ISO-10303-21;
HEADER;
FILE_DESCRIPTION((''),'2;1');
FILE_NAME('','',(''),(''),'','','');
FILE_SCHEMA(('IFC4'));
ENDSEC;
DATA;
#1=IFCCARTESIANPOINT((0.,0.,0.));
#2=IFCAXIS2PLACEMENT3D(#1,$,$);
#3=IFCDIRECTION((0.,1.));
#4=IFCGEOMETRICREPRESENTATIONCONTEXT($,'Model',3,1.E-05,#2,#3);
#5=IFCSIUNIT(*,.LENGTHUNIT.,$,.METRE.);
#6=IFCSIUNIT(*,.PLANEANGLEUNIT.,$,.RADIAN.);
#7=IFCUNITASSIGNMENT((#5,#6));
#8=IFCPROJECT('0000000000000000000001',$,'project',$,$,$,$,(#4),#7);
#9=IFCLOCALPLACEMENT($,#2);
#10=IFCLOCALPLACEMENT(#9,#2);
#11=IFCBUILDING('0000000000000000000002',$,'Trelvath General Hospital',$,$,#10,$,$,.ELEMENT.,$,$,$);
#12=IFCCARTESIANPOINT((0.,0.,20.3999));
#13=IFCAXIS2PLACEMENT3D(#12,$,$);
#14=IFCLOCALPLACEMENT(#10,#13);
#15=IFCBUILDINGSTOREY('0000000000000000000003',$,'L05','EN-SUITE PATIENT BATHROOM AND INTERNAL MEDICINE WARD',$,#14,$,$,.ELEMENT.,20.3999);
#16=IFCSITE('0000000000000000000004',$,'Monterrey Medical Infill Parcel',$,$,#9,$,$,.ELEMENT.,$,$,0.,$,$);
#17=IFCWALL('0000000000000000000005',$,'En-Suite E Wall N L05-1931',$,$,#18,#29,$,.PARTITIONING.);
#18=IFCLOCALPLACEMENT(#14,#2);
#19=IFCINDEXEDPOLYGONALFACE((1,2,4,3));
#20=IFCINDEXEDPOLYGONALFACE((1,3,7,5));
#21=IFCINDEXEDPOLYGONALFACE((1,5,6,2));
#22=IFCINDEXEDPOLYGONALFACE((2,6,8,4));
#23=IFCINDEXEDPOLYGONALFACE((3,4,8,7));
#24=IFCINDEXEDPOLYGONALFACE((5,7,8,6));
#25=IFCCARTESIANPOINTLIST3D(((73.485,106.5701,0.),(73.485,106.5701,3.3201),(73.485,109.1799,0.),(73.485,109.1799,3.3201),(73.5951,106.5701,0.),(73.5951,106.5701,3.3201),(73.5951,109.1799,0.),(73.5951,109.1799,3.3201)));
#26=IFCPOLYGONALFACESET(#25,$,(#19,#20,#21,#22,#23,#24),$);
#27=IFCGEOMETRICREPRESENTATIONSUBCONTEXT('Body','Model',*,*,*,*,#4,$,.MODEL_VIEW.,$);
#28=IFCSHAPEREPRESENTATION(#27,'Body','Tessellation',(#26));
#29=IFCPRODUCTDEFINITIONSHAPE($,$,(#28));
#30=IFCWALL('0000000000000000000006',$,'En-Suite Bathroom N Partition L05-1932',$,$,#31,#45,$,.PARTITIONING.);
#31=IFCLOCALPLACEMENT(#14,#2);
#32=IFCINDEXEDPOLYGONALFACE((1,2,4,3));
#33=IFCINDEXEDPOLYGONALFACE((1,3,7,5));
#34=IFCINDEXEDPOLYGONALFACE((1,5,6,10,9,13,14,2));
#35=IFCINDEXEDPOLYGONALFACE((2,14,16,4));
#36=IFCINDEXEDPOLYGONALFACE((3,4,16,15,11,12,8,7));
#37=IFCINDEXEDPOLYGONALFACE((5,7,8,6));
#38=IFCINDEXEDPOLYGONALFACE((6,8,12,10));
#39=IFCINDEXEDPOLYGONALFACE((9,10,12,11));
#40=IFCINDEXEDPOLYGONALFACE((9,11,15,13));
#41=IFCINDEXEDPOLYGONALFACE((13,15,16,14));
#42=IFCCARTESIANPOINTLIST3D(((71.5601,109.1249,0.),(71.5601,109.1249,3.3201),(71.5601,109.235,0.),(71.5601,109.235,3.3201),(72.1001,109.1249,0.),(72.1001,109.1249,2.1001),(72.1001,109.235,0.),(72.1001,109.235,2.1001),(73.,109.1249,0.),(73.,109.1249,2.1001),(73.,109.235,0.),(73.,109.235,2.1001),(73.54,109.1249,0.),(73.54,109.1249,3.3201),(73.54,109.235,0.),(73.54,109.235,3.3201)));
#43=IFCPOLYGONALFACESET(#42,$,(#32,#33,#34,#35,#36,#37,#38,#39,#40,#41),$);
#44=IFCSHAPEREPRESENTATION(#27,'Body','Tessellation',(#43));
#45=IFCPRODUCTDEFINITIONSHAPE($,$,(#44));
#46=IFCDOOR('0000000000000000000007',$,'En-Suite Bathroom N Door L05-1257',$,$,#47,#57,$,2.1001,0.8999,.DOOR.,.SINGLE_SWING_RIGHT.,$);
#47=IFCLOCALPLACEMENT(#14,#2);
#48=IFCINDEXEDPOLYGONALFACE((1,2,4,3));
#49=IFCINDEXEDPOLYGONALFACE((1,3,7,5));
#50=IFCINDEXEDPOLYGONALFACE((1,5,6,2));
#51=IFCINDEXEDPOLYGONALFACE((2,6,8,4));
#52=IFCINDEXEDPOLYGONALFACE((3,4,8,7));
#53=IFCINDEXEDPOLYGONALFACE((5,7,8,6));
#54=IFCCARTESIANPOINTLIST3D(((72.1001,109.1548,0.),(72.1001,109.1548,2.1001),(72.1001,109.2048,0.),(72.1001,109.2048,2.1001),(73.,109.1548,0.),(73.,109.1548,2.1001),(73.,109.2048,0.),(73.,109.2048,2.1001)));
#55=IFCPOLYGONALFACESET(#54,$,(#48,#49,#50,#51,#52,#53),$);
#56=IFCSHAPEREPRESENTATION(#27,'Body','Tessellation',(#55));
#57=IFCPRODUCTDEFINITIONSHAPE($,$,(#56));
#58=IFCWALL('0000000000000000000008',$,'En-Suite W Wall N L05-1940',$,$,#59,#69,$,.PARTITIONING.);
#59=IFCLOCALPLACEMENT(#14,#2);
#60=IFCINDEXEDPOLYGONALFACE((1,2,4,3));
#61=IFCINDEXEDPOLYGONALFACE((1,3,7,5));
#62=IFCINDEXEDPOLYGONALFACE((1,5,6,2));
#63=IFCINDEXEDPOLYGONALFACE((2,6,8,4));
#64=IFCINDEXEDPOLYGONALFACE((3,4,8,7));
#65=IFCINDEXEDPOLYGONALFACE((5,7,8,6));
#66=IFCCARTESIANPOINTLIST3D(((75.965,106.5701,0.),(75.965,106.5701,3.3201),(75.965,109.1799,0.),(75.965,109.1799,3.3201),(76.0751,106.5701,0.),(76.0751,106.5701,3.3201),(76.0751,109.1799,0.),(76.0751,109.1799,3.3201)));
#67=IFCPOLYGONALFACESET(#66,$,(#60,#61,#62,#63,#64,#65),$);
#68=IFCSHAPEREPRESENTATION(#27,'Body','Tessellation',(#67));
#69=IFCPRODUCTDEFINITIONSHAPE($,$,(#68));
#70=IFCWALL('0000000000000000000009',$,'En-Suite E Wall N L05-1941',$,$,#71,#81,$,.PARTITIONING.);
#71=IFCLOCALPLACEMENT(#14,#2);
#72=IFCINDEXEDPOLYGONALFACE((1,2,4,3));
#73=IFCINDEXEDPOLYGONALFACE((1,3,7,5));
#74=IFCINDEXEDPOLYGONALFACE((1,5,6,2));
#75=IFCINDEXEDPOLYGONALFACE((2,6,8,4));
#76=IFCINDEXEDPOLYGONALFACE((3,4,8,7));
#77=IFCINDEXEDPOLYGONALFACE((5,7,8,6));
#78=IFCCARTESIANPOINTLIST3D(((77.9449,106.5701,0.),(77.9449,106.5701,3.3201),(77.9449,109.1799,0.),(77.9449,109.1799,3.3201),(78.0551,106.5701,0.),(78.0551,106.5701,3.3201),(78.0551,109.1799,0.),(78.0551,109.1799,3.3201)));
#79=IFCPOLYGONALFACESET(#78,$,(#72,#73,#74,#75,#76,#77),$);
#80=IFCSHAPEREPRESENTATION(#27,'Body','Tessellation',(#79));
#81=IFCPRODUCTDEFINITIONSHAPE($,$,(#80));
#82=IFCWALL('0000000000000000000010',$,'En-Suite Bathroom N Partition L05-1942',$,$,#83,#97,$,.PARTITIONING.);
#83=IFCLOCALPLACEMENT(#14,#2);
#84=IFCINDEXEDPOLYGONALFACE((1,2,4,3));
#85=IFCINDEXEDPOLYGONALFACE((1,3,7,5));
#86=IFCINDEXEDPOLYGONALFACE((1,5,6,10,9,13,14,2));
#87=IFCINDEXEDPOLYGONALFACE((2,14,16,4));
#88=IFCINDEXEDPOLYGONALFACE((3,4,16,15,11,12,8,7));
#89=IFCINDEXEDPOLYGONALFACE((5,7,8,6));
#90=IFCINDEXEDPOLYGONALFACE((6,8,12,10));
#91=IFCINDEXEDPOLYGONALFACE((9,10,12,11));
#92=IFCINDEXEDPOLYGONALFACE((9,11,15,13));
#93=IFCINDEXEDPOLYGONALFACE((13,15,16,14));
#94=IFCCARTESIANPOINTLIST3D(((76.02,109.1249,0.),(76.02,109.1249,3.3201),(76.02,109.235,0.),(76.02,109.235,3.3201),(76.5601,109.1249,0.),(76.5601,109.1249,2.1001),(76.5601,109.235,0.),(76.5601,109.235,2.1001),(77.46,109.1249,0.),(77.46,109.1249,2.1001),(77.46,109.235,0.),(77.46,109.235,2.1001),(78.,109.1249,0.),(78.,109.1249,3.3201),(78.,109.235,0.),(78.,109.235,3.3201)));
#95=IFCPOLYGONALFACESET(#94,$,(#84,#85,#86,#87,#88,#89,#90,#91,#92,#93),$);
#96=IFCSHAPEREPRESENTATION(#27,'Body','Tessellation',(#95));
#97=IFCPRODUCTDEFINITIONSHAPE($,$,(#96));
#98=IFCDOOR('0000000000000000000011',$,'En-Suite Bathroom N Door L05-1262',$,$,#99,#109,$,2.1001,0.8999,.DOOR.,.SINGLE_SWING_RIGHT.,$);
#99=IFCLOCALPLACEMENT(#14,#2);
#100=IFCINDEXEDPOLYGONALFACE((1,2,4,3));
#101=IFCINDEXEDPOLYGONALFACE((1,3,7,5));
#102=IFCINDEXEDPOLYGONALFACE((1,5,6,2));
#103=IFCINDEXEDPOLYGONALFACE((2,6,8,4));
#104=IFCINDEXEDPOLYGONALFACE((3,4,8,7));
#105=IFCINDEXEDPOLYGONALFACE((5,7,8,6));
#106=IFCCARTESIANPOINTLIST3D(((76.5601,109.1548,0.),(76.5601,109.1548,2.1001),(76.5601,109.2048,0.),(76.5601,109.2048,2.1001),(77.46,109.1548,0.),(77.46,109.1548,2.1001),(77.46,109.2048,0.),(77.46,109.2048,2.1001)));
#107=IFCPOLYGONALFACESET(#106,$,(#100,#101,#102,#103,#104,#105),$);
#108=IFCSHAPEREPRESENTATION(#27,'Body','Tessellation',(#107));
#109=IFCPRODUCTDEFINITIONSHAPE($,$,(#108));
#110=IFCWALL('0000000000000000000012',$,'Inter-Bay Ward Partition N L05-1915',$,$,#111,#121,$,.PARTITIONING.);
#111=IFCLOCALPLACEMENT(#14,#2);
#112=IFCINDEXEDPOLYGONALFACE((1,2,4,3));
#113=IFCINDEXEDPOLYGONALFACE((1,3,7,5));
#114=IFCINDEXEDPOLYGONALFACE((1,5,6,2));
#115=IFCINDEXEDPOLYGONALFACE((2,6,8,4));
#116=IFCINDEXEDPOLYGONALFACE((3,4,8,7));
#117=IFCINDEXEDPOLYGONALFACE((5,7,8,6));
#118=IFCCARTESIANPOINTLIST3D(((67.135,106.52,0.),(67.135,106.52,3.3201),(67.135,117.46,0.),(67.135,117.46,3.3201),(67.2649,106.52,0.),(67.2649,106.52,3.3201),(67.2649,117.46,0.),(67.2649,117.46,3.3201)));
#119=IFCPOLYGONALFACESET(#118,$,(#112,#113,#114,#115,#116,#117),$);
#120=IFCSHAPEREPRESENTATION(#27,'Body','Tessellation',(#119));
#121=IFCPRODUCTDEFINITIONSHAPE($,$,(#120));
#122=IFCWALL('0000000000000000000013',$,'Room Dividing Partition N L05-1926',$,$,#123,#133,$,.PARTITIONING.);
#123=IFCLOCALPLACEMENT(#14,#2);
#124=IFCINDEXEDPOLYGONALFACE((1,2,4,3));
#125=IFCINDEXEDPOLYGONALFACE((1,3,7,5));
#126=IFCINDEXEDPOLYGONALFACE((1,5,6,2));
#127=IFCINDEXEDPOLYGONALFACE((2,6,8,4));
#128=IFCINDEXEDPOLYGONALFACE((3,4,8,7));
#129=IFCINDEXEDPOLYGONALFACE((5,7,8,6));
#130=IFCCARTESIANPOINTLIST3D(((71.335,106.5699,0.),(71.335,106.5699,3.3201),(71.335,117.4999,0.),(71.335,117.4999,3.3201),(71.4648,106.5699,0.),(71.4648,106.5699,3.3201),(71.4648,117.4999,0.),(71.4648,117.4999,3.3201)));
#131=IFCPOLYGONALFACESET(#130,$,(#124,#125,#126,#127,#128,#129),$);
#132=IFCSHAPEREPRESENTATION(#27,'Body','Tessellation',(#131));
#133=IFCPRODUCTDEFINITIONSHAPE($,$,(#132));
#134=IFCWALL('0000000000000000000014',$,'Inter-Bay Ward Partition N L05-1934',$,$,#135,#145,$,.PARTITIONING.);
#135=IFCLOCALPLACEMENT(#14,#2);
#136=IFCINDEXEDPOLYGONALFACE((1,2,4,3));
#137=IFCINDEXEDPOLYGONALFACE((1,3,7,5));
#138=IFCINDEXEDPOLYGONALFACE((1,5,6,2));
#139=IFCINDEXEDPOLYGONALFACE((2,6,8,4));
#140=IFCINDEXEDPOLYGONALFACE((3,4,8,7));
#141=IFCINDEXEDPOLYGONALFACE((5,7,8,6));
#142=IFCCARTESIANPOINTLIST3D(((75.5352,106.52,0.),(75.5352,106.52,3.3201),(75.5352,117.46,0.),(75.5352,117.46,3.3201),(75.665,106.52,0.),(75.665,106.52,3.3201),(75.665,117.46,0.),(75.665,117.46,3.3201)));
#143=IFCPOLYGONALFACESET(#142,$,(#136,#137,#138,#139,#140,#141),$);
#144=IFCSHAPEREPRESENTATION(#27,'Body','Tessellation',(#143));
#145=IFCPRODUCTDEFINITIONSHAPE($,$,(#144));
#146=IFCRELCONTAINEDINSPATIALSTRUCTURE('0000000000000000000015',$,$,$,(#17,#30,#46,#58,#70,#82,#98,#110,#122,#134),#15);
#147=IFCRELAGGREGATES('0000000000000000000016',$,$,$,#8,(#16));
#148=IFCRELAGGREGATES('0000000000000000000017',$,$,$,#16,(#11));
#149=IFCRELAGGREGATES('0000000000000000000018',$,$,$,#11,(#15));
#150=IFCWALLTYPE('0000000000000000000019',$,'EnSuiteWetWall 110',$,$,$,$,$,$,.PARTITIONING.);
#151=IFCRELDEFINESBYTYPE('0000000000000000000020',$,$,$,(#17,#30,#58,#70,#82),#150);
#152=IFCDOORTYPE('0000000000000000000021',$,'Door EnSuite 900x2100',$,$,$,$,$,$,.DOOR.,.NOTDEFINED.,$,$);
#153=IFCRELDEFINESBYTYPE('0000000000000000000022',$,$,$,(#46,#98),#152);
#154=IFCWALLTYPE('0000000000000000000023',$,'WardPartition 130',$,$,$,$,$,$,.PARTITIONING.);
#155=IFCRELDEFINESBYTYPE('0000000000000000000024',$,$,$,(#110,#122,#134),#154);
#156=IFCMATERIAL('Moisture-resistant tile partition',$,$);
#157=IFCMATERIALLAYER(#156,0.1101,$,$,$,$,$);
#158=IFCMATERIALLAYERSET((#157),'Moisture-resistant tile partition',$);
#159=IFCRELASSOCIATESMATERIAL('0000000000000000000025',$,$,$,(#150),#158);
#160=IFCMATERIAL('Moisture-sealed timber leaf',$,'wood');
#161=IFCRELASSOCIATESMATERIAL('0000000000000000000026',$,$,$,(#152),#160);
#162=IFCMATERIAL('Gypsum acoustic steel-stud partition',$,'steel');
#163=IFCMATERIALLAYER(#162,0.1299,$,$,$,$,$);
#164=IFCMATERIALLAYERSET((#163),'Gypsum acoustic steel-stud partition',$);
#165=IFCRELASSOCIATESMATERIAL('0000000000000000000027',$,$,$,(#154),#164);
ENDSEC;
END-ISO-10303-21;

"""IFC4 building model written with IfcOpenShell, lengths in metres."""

from ifc_helpers import new_model, si_unit, direction, frame, frame_2d, origin, place, context, subcontext, project, spatial, rectangle, extrude, material, layer, layer_set, type_object, element, fill, save


model = new_model("IFC4")

# Units and contexts
model_context = context("Model", 3, precision=1e-05, world=origin(), true_north=direction((0.0, 1.0)))
body_context = subcontext(model_context, "Body", "Model", "MODEL_VIEW")
ifc_project = project(units=[si_unit("LENGTHUNIT", "METRE"), si_unit("PLANEANGLEUNIT", "RADIAN")], contexts=[model_context])

# Site, building, storey
site_placement = place(None, origin())
site = spatial("IfcSite", under=ifc_project, at=site_placement, Name="Monterrey Medical Infill Parcel", CompositionType="ELEMENT", RefElevation=0.0)
building_placement = place(site_placement, origin())
building = spatial("IfcBuilding", under=site, at=building_placement, Name="Trelvath General Hospital", CompositionType="ELEMENT")
storey_placement = place(building_placement, frame((0.0, 0.0, 20.3999)))
storey = spatial("IfcBuildingStorey", under=building, at=storey_placement, Name="L05", Description="EN-SUITE PATIENT BATHROOM AND INTERNAL MEDICINE WARD", CompositionType="ELEMENT", Elevation=20.3999)

# Shared definitions
ifc_material_1 = material(Name="Moisture-resistant tile partition")
ifc_layer_1 = layer(ifc_material_1, 0.1101)
ifc_layer_set_1 = layer_set([ifc_layer_1], Name="Moisture-resistant tile partition")
wall_type_1 = type_object("IfcWallType", Name="EnSuiteWetWall 110", PredefinedType="PARTITIONING", material=ifc_layer_set_1)

# Shared definitions
ifc_material_2 = material(Name="Moisture-sealed timber leaf", Category="wood")
door_type_1 = type_object("IfcDoorType", Name="Door EnSuite 900x2100", OperationType="NOTDEFINED", PredefinedType="DOOR", material=ifc_material_2)

# Wall
for number, where, z_axis, x_axis, name in (
    (1, (73.54, 106.5701, 0.0), (0.0, 0.0, 1.0), (0.0, 1.0, 0.0), "En-Suite E Wall N L05-1931"),
):
    element("IfcWall", number, at=place(storey_placement, frame(where, z_axis=z_axis, x_axis=x_axis)), inside=storey, type_object=wall_type_1, Name=name, PredefinedType="PARTITIONING", context=body_context, shape_type="SweptSolid", body=[
        extrude(rectangle(XDim=2.6099, YDim=0.1101, at=frame_2d((1.3049, 0.0))), origin(), (0.0, 0.0, 1.0), 3.3201),
    ])

# Wall, opening, door
wall_1_placement = place(storey_placement, frame((71.5601, 109.1799, 0.0), z_axis=(0.0, 0.0, 1.0), x_axis=(1.0, 0.0, 0.0)))
wall_1 = element("IfcWall", 2, at=wall_1_placement, inside=storey, type_object=wall_type_1, Name="En-Suite Bathroom N Partition L05-1932", PredefinedType="PARTITIONING", context=body_context, shape_type="SweptSolid", body=[
    extrude(rectangle(XDim=1.98, YDim=0.1101, at=frame_2d((0.99, 0.0))), origin(), (0.0, 0.0, 1.0), 3.3201),
])
opening_1_placement = place(wall_1_placement, frame((0.54, 0.0, 0.0)))
opening_1 = element("IfcOpeningElement", 3, at=opening_1_placement, cuts=wall_1, PredefinedType="OPENING", context=body_context, shape_type="SweptSolid", body=[
    extrude(rectangle(XDim=0.8999, YDim=2.1001, at=frame_2d((0.45, 1.05))), frame((0.0, 0.0649, 0.0), z_axis=(0.0, -1.0, 0.0), x_axis=(1.0, 0.0, 0.0)), (0.0, 0.0, 1.0), 0.1301),
])
door_1_placement = place(opening_1_placement, origin())
door_1 = element("IfcDoor", 4, at=door_1_placement, inside=storey, type_object=door_type_1, Name="En-Suite Bathroom N Door L05-1257", OperationType="SINGLE_SWING_RIGHT", OverallHeight=2.1001, OverallWidth=0.8999, PredefinedType="DOOR", context=body_context, shape_type="SweptSolid", body=[
    extrude(rectangle(XDim=0.8999, YDim=2.1001, at=frame_2d((0.45, 1.05))), frame((0.0, 0.0249, 0.0), z_axis=(0.0, -1.0, 0.0), x_axis=(1.0, 0.0, 0.0)), (0.0, 0.0, 1.0), 0.05),
])
fill(opening_1, door_1)

# Walls
for number, where, z_axis, x_axis, name in (
    (5, (76.02, 106.5701, 0.0), (0.0, 0.0, 1.0), (0.0, 1.0, 0.0), "En-Suite W Wall N L05-1940"),
    (6, (78.0, 106.5701, 0.0), (0.0, 0.0, 1.0), (0.0, 1.0, 0.0), "En-Suite E Wall N L05-1941"),
):
    element("IfcWall", number, at=place(storey_placement, frame(where, z_axis=z_axis, x_axis=x_axis)), inside=storey, type_object=wall_type_1, Name=name, PredefinedType="PARTITIONING", context=body_context, shape_type="SweptSolid", body=[
        extrude(rectangle(XDim=2.6099, YDim=0.1101, at=frame_2d((1.3049, 0.0))), origin(), (0.0, 0.0, 1.0), 3.3201),
    ])

# Wall, opening, door
wall_2_placement = place(storey_placement, frame((76.02, 109.1799, 0.0), z_axis=(0.0, 0.0, 1.0), x_axis=(1.0, 0.0, 0.0)))
wall_2 = element("IfcWall", 7, at=wall_2_placement, inside=storey, type_object=wall_type_1, Name="En-Suite Bathroom N Partition L05-1942", PredefinedType="PARTITIONING", context=body_context, shape_type="SweptSolid", body=[
    extrude(rectangle(XDim=1.98, YDim=0.1101, at=frame_2d((0.99, 0.0))), origin(), (0.0, 0.0, 1.0), 3.3201),
])
opening_2_placement = place(wall_2_placement, frame((0.54, 0.0, 0.0)))
opening_2 = element("IfcOpeningElement", 8, at=opening_2_placement, cuts=wall_2, PredefinedType="OPENING", context=body_context, shape_type="SweptSolid", body=[
    extrude(rectangle(XDim=0.8999, YDim=2.1001, at=frame_2d((0.45, 1.05))), frame((0.0, 0.0649, 0.0), z_axis=(0.0, -1.0, 0.0), x_axis=(1.0, 0.0, 0.0)), (0.0, 0.0, 1.0), 0.1301),
])
door_2_placement = place(opening_2_placement, origin())
door_2 = element("IfcDoor", 9, at=door_2_placement, inside=storey, type_object=door_type_1, Name="En-Suite Bathroom N Door L05-1262", OperationType="SINGLE_SWING_RIGHT", OverallHeight=2.1001, OverallWidth=0.8999, PredefinedType="DOOR", context=body_context, shape_type="SweptSolid", body=[
    extrude(rectangle(XDim=0.8999, YDim=2.1001, at=frame_2d((0.45, 1.05))), frame((0.0, 0.0249, 0.0), z_axis=(0.0, -1.0, 0.0), x_axis=(1.0, 0.0, 0.0)), (0.0, 0.0, 1.0), 0.05),
])
fill(opening_2, door_2)

# Walls
ifc_material_3 = material(Name="Gypsum acoustic steel-stud partition", Category="steel")
ifc_layer_2 = layer(ifc_material_3, 0.1299)
ifc_layer_set_2 = layer_set([ifc_layer_2], Name="Gypsum acoustic steel-stud partition")
wall_type_2 = type_object("IfcWallType", Name="WardPartition 130", PredefinedType="PARTITIONING", material=ifc_layer_set_2)
wall_3_placement = place(storey_placement, frame((67.2, 106.52, 0.0), z_axis=(0.0, 0.0, 1.0), x_axis=(0.0, 1.0, 0.0)))
element("IfcWall", 10, at=wall_3_placement, inside=storey, type_object=wall_type_2, Name="Inter-Bay Ward Partition N L05-1915", PredefinedType="PARTITIONING", context=body_context, shape_type="SweptSolid", body=[
    extrude(rectangle(XDim=10.9399, YDim=0.1299, at=frame_2d((5.47, 0.0))), origin(), (0.0, 0.0, 1.0), 3.3201),
])
wall_4_placement = place(storey_placement, frame((71.3999, 106.5701, 0.0), z_axis=(0.0, 0.0, 1.0), x_axis=(0.0, 1.0, 0.0)))
element("IfcWall", 11, at=wall_4_placement, inside=storey, type_object=wall_type_2, Name="Room Dividing Partition N L05-1926", PredefinedType="PARTITIONING", context=body_context, shape_type="SweptSolid", body=[
    extrude(rectangle(XDim=10.9299, YDim=0.1299, at=frame_2d((5.4648, 0.0))), origin(), (0.0, 0.0, 1.0), 3.3201),
])
wall_5_placement = place(storey_placement, frame((75.6001, 106.52, 0.0), z_axis=(0.0, 0.0, 1.0), x_axis=(0.0, 1.0, 0.0)))
element("IfcWall", 12, at=wall_5_placement, inside=storey, type_object=wall_type_2, Name="Inter-Bay Ward Partition N L05-1934", PredefinedType="PARTITIONING", context=body_context, shape_type="SweptSolid", body=[
    extrude(rectangle(XDim=10.9399, YDim=0.1299, at=frame_2d((5.47, 0.0))), origin(), (0.0, 0.0, 1.0), 3.3201),
])

save(model, "model.ifc")
